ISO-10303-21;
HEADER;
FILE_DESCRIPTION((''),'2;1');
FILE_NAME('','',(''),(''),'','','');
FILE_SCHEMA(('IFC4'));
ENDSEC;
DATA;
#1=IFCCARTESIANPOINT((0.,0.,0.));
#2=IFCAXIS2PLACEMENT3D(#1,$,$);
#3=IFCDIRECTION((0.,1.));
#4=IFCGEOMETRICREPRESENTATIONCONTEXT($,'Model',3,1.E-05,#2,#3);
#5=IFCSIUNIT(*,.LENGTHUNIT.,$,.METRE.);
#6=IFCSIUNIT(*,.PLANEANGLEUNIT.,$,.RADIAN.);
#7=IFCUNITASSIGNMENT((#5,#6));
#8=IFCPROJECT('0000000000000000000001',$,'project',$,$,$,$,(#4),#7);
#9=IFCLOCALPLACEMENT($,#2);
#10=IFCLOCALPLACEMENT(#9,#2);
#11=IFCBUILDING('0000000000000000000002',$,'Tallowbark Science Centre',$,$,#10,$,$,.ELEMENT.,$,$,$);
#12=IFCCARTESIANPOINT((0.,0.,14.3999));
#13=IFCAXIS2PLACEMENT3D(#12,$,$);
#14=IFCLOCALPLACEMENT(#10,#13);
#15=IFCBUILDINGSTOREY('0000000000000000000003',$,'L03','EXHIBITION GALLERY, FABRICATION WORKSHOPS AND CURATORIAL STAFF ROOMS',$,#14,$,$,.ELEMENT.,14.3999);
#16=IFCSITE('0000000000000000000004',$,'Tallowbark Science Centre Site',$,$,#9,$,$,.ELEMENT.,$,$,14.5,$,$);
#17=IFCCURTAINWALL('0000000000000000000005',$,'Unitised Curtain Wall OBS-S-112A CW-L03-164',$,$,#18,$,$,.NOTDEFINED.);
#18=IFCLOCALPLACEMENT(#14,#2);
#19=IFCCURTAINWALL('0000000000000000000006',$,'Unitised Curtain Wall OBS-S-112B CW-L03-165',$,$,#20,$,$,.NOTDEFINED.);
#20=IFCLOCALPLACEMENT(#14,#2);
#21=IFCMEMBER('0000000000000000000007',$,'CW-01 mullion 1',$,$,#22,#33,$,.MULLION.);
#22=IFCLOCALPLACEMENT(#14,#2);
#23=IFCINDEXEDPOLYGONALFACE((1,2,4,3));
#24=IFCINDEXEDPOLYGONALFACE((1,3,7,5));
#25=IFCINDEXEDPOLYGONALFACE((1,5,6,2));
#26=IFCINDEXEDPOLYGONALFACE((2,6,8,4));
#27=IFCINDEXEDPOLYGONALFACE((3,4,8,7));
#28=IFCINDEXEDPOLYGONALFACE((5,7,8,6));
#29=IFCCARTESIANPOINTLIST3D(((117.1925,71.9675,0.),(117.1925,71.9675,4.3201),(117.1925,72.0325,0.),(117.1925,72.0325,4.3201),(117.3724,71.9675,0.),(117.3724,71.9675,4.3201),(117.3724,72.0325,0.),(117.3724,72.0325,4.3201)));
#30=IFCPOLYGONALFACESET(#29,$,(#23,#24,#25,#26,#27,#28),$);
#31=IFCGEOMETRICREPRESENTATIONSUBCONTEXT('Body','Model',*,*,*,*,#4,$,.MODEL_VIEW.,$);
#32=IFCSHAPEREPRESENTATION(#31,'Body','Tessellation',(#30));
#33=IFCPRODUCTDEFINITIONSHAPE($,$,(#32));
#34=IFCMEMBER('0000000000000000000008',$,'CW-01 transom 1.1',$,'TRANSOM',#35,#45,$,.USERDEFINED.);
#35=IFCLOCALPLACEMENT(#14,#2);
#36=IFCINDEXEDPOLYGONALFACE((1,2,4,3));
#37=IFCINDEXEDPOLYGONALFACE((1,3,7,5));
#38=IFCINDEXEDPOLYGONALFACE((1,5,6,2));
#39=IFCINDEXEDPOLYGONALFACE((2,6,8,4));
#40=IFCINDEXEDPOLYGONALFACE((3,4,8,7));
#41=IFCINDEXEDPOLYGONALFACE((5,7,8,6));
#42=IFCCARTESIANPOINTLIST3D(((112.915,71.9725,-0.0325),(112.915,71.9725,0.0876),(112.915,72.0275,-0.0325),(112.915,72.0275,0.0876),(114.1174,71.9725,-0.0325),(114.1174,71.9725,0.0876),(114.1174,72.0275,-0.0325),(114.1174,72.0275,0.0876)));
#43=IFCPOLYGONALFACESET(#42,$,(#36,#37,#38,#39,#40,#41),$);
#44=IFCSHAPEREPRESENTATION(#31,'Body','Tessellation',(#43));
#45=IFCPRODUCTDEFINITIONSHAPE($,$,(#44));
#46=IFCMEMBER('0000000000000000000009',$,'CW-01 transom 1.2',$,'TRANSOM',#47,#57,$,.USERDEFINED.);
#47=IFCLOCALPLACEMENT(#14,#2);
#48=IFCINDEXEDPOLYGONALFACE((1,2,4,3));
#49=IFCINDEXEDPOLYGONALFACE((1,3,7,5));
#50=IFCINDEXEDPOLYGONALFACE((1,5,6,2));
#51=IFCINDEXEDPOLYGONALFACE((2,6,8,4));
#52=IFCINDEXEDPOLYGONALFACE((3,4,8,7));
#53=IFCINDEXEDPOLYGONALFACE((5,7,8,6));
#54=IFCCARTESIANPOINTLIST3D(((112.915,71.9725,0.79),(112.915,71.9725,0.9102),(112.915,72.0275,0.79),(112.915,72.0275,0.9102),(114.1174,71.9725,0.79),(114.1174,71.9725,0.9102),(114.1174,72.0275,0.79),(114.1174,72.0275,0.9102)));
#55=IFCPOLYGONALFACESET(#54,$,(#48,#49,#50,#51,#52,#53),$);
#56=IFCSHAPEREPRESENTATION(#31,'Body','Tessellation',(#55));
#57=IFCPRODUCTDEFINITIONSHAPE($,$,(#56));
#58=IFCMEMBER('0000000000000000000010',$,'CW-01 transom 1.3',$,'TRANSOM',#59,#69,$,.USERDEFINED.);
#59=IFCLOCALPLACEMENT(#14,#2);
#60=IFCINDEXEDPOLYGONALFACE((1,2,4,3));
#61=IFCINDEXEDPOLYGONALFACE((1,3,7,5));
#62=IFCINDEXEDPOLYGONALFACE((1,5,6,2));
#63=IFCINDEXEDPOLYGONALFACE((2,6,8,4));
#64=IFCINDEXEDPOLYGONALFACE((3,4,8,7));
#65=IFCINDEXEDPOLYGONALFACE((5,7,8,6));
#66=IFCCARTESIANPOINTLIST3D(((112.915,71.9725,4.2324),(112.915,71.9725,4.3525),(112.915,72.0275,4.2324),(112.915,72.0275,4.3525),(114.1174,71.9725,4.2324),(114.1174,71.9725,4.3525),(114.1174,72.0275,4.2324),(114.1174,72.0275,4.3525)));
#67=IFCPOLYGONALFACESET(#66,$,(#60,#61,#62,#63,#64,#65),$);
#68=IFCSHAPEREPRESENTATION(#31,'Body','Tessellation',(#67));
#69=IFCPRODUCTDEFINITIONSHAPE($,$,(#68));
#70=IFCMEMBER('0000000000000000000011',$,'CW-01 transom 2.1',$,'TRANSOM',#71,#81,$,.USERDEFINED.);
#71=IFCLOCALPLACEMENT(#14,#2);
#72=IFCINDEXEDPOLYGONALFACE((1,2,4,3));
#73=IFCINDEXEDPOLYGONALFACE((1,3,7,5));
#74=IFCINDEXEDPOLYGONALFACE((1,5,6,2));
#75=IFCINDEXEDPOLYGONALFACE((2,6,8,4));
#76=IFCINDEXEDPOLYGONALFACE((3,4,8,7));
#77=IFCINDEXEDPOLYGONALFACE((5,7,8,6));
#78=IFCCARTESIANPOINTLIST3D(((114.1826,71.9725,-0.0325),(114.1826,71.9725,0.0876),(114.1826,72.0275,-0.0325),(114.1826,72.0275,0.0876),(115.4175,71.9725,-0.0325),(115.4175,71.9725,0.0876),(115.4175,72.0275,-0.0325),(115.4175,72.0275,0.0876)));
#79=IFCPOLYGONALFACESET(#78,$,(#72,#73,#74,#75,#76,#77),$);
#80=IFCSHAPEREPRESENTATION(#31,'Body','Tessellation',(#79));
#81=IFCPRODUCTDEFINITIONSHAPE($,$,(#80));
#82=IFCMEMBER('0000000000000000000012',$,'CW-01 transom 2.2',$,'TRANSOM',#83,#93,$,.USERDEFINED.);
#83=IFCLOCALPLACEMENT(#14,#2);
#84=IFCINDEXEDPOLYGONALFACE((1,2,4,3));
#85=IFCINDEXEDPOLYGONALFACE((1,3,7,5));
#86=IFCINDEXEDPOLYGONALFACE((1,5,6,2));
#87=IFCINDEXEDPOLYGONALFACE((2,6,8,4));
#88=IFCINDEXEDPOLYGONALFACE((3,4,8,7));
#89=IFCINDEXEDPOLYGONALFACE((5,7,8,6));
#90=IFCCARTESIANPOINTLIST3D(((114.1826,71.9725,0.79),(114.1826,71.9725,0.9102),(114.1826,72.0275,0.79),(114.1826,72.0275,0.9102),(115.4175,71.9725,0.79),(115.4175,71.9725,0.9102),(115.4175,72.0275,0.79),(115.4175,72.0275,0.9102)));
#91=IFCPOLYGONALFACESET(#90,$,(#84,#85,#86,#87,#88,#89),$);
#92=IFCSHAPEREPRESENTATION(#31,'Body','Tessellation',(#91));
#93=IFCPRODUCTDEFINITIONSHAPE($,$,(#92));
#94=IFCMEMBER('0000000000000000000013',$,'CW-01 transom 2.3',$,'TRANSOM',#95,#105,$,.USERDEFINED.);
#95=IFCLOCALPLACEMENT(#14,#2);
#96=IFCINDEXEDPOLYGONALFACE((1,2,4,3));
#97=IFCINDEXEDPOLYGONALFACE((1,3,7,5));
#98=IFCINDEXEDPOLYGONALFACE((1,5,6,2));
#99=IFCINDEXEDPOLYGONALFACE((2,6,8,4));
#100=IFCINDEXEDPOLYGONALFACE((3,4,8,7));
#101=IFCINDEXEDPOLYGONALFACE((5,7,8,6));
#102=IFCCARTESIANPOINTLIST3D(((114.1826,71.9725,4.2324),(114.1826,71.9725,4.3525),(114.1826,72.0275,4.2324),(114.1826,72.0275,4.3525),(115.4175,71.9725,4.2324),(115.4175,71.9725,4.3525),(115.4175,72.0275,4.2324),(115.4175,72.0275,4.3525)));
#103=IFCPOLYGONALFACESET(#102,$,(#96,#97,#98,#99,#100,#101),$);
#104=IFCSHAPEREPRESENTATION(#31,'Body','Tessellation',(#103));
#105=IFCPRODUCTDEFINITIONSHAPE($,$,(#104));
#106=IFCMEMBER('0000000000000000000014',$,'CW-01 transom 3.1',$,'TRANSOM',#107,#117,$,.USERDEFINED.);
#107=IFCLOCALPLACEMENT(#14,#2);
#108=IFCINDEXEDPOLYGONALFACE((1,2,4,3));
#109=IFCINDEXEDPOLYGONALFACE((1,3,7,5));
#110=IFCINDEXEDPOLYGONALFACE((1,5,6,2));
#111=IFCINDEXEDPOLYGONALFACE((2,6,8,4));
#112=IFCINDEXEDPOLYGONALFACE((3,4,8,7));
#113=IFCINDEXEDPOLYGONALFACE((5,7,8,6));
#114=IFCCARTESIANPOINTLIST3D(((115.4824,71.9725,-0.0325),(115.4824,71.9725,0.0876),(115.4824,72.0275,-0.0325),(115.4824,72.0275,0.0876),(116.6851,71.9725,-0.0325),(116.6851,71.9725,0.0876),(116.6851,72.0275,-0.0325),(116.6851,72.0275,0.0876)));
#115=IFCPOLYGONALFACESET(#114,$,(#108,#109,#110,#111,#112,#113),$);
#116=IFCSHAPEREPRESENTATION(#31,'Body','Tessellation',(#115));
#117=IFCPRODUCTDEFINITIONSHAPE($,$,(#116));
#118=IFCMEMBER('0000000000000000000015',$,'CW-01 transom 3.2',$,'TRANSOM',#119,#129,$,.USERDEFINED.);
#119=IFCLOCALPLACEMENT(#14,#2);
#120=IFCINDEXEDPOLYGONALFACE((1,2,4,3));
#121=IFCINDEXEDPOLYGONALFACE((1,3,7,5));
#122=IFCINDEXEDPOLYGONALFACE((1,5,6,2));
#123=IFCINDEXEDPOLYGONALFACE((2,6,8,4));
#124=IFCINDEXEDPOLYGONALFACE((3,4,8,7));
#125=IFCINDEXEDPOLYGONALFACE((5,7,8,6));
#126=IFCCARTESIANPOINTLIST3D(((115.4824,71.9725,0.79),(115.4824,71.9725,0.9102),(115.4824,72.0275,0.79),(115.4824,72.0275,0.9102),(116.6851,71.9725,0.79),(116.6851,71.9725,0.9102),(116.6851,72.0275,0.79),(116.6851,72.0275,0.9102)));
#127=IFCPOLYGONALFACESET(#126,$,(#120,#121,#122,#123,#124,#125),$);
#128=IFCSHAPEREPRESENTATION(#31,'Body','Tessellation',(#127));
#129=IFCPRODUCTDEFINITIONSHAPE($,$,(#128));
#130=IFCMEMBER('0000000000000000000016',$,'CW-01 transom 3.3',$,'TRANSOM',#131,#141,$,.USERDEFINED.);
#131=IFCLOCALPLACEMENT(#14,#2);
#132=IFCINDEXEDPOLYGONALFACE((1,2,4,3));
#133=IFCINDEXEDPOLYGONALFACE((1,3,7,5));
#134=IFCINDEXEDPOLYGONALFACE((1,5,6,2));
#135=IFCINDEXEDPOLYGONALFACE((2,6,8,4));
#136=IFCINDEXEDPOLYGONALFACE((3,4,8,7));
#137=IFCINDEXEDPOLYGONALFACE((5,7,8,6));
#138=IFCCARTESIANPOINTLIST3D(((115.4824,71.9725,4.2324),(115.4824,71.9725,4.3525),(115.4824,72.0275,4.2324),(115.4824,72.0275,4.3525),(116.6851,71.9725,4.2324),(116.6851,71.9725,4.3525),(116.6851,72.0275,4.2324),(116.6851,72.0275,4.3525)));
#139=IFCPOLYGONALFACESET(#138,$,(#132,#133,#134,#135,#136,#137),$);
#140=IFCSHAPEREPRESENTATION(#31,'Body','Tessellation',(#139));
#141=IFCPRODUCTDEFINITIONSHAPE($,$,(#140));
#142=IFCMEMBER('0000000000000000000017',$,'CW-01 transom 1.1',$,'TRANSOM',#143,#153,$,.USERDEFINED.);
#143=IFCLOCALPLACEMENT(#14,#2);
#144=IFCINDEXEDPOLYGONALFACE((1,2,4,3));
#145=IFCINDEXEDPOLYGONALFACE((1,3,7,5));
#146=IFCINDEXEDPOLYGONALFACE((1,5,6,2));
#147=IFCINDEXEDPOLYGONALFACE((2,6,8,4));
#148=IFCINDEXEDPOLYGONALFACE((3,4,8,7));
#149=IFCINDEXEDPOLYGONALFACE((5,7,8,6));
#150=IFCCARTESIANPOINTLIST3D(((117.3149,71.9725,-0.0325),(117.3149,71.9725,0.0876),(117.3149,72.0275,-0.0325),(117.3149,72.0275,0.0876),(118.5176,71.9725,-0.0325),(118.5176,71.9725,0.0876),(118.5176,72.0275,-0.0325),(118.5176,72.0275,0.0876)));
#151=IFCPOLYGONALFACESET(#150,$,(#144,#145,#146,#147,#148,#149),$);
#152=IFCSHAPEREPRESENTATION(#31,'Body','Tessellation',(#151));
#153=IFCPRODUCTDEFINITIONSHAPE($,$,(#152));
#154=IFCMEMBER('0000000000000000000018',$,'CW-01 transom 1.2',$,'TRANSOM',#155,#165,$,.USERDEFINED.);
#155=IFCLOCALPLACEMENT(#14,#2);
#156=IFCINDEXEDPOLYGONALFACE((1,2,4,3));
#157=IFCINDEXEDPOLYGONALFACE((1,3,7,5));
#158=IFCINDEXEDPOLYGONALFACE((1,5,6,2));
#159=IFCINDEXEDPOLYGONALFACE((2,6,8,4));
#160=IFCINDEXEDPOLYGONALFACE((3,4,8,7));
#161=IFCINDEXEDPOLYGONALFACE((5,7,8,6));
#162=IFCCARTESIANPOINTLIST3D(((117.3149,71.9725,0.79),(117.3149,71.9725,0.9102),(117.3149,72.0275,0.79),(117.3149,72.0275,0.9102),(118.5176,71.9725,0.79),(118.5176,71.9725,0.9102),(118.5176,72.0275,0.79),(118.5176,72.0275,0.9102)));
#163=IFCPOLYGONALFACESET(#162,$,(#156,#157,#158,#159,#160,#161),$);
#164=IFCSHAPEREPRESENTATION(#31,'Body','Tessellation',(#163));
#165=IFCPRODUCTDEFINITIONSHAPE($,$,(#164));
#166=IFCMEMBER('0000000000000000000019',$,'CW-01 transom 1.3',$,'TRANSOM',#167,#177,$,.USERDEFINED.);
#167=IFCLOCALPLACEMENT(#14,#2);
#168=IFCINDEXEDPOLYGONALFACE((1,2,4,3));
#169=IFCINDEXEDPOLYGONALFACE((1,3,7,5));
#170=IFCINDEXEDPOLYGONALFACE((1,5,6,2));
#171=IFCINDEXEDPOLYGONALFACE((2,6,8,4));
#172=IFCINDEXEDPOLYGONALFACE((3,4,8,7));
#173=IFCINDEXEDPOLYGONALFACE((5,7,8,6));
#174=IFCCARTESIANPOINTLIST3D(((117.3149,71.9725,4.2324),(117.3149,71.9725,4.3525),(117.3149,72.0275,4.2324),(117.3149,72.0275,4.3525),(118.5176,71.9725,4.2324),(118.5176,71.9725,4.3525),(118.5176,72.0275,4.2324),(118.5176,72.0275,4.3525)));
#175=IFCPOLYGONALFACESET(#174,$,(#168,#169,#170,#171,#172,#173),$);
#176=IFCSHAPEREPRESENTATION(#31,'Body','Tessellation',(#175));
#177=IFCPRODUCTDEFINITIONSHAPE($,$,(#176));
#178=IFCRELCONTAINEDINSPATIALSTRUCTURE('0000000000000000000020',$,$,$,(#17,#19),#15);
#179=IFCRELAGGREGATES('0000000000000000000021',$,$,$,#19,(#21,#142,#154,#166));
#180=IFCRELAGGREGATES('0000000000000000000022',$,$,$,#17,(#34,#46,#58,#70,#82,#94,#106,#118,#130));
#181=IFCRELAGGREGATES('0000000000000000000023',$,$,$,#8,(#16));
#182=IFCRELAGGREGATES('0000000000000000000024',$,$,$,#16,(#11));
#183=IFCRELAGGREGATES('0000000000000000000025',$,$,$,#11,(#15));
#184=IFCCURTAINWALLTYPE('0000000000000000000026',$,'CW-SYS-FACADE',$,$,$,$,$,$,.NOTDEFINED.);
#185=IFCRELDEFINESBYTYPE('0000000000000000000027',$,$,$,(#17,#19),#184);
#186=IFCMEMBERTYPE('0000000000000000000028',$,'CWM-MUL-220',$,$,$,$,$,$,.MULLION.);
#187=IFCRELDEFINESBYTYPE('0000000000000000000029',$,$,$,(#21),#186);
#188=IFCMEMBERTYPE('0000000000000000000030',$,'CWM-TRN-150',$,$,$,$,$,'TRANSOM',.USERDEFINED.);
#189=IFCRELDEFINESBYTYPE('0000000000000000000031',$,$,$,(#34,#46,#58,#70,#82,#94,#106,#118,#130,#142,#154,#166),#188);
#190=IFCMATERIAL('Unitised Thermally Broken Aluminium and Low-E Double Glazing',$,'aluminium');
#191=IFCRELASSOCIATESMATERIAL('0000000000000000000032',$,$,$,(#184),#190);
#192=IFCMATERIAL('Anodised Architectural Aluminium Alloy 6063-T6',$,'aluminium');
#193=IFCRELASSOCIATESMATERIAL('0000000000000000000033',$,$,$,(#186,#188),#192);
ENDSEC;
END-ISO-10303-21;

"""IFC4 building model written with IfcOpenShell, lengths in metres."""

from ifc_helpers import new_model, si_unit, direction, frame, origin, origin_2d, place, context, subcontext, project, spatial, rectangle, extrude, material, material_profile, profile_set, type_object, element, aggregate, save


model = new_model("IFC4")

# Units and contexts
model_context = context("Model", 3, precision=1e-05, world=origin(), true_north=direction((0.0, 1.0)))
body_context = subcontext(model_context, "Body", "Model", "MODEL_VIEW")
ifc_project = project(units=[si_unit("LENGTHUNIT", "METRE"), si_unit("PLANEANGLEUNIT", "RADIAN")], contexts=[model_context])

# Site, building, storey
site_placement = place(None, origin())
site = spatial("IfcSite", under=ifc_project, at=site_placement, Name="Tallowbark Science Centre Site", CompositionType="ELEMENT", RefElevation=14.5)
building_placement = place(site_placement, origin())
building = spatial("IfcBuilding", under=site, at=building_placement, Name="Tallowbark Science Centre", CompositionType="ELEMENT")
storey_placement = place(building_placement, frame((0.0, 0.0, 14.3999)))
storey = spatial("IfcBuildingStorey", under=building, at=storey_placement, Name="L03", Description="EXHIBITION GALLERY, FABRICATION WORKSHOPS AND CURATORIAL STAFF ROOMS", CompositionType="ELEMENT", Elevation=14.3999)

# Curtain wall
ifc_material_1 = material(Name="Unitised Thermally Broken Aluminium and Low-E Double Glazing", Category="aluminium")
curtain_wall_type = type_object("IfcCurtainWallType", Name="CW-SYS-FACADE", PredefinedType="NOTDEFINED", material=ifc_material_1)
curtain_wall_1_placement = place(storey_placement, origin())
curtain_wall_1 = element("IfcCurtainWall", 1, at=curtain_wall_1_placement, inside=storey, type_object=curtain_wall_type, Name="Unitised Curtain Wall OBS-S-112A CW-L03-164", PredefinedType="NOTDEFINED")
ifc_material_2 = material(Name="Anodised Architectural Aluminium Alloy 6063-T6", Category="aluminium")
ifc_material_profile_1 = material_profile(ifc_material_2, rectangle(XDim=0.0649, YDim=0.1799, at=origin_2d()), Name="ALU65x180")
ifc_profile_set_1 = profile_set([ifc_material_profile_1], Name="Anodised Architectural Aluminium Alloy 6063-T6")
member_type_1 = type_object("IfcMemberType", Name="CWM-MUL-220", PredefinedType="MULLION", material=ifc_profile_set_1)

# Curtain wall, member
curtain_wall_2_placement = place(storey_placement, origin())
curtain_wall_2 = element("IfcCurtainWall", 2, at=curtain_wall_2_placement, inside=storey, type_object=curtain_wall_type, Name="Unitised Curtain Wall OBS-S-112B CW-L03-165", PredefinedType="NOTDEFINED")
member_1_placement = place(storey_placement, frame((117.2825, 72.0, 0.0), z_axis=(0.0, 0.0, 1.0), x_axis=(0.0, 1.0, 0.0)))
member_1 = element("IfcMember", 3, at=member_1_placement, type_object=member_type_1, Name="CW-01 mullion 1", PredefinedType="MULLION", context=body_context, shape_type="SweptSolid", body=[
    extrude(rectangle(XDim=0.0649, YDim=0.1799, at=origin_2d()), origin(), (0.0, 0.0, 1.0), 4.3201),
])

# Members
ifc_material_profile_2 = material_profile(ifc_material_2, rectangle(XDim=0.0549, YDim=0.1201, at=origin_2d()), Name="ALU55x120")
ifc_profile_set_2 = profile_set([ifc_material_profile_2], Name="Anodised Architectural Aluminium Alloy 6063-T6")
member_type_2 = type_object("IfcMemberType", Name="CWM-TRN-150", ElementType="TRANSOM", PredefinedType="USERDEFINED", material=ifc_profile_set_2)
member_2_placement = place(storey_placement, frame((112.915, 72.0, 0.0276), z_axis=(1.0, 0.0, 0.0), x_axis=(0.0, 1.0, 0.0)))
member_2 = element("IfcMember", 4, at=member_2_placement, type_object=member_type_2, Name="CW-01 transom 1.1", ObjectType="TRANSOM", PredefinedType="USERDEFINED", context=body_context, shape_type="SweptSolid", body=[
    extrude(rectangle(XDim=0.0549, YDim=0.1201, at=origin_2d()), origin(), (0.0, 0.0, 1.0), 1.2024),
])
member_3_placement = place(storey_placement, frame((112.915, 72.0, 0.8501), z_axis=(1.0, 0.0, 0.0), x_axis=(0.0, 1.0, 0.0)))
member_3 = element("IfcMember", 5, at=member_3_placement, type_object=member_type_2, Name="CW-01 transom 1.2", ObjectType="TRANSOM", PredefinedType="USERDEFINED", context=body_context, shape_type="SweptSolid", body=[
    extrude(rectangle(XDim=0.0549, YDim=0.1201, at=origin_2d()), origin(), (0.0, 0.0, 1.0), 1.2024),
])
member_4_placement = place(storey_placement, frame((112.915, 72.0, 4.2925), z_axis=(1.0, 0.0, 0.0), x_axis=(0.0, 1.0, 0.0)))
member_4 = element("IfcMember", 6, at=member_4_placement, type_object=member_type_2, Name="CW-01 transom 1.3", ObjectType="TRANSOM", PredefinedType="USERDEFINED", context=body_context, shape_type="SweptSolid", body=[
    extrude(rectangle(XDim=0.0549, YDim=0.1201, at=origin_2d()), origin(), (0.0, 0.0, 1.0), 1.2024),
])
member_5_placement = place(storey_placement, frame((114.1826, 72.0, 0.0276), z_axis=(1.0, 0.0, 0.0), x_axis=(0.0, 1.0, 0.0)))
member_5 = element("IfcMember", 7, at=member_5_placement, type_object=member_type_2, Name="CW-01 transom 2.1", ObjectType="TRANSOM", PredefinedType="USERDEFINED", context=body_context, shape_type="SweptSolid", body=[
    extrude(rectangle(XDim=0.0549, YDim=0.1201, at=origin_2d()), origin(), (0.0, 0.0, 1.0), 1.2349),
])
member_6_placement = place(storey_placement, frame((114.1826, 72.0, 0.8501), z_axis=(1.0, 0.0, 0.0), x_axis=(0.0, 1.0, 0.0)))
member_6 = element("IfcMember", 8, at=member_6_placement, type_object=member_type_2, Name="CW-01 transom 2.2", ObjectType="TRANSOM", PredefinedType="USERDEFINED", context=body_context, shape_type="SweptSolid", body=[
    extrude(rectangle(XDim=0.0549, YDim=0.1201, at=origin_2d()), origin(), (0.0, 0.0, 1.0), 1.2349),
])
member_7_placement = place(storey_placement, frame((114.1826, 72.0, 4.2925), z_axis=(1.0, 0.0, 0.0), x_axis=(0.0, 1.0, 0.0)))
member_7 = element("IfcMember", 9, at=member_7_placement, type_object=member_type_2, Name="CW-01 transom 2.3", ObjectType="TRANSOM", PredefinedType="USERDEFINED", context=body_context, shape_type="SweptSolid", body=[
    extrude(rectangle(XDim=0.0549, YDim=0.1201, at=origin_2d()), origin(), (0.0, 0.0, 1.0), 1.2349),
])
member_8_placement = place(storey_placement, frame((115.4824, 72.0, 0.0276), z_axis=(1.0, 0.0, 0.0), x_axis=(0.0, 1.0, 0.0)))
member_8 = element("IfcMember", 10, at=member_8_placement, type_object=member_type_2, Name="CW-01 transom 3.1", ObjectType="TRANSOM", PredefinedType="USERDEFINED", context=body_context, shape_type="SweptSolid", body=[
    extrude(rectangle(XDim=0.0549, YDim=0.1201, at=origin_2d()), origin(), (0.0, 0.0, 1.0), 1.2026),
])
member_9_placement = place(storey_placement, frame((115.4824, 72.0, 0.8501), z_axis=(1.0, 0.0, 0.0), x_axis=(0.0, 1.0, 0.0)))
member_9 = element("IfcMember", 11, at=member_9_placement, type_object=member_type_2, Name="CW-01 transom 3.2", ObjectType="TRANSOM", PredefinedType="USERDEFINED", context=body_context, shape_type="SweptSolid", body=[
    extrude(rectangle(XDim=0.0549, YDim=0.1201, at=origin_2d()), origin(), (0.0, 0.0, 1.0), 1.2026),
])
member_10_placement = place(storey_placement, frame((115.4824, 72.0, 4.2925), z_axis=(1.0, 0.0, 0.0), x_axis=(0.0, 1.0, 0.0)))
member_10 = element("IfcMember", 12, at=member_10_placement, type_object=member_type_2, Name="CW-01 transom 3.3", ObjectType="TRANSOM", PredefinedType="USERDEFINED", context=body_context, shape_type="SweptSolid", body=[
    extrude(rectangle(XDim=0.0549, YDim=0.1201, at=origin_2d()), origin(), (0.0, 0.0, 1.0), 1.2026),
])
member_11_placement = place(storey_placement, frame((117.3149, 72.0, 0.0276), z_axis=(1.0, 0.0, 0.0), x_axis=(0.0, 1.0, 0.0)))
member_11 = element("IfcMember", 13, at=member_11_placement, type_object=member_type_2, Name="CW-01 transom 1.1", ObjectType="TRANSOM", PredefinedType="USERDEFINED", context=body_context, shape_type="SweptSolid", body=[
    extrude(rectangle(XDim=0.0549, YDim=0.1201, at=origin_2d()), origin(), (0.0, 0.0, 1.0), 1.2026),
])
member_12_placement = place(storey_placement, frame((117.3149, 72.0, 0.8501), z_axis=(1.0, 0.0, 0.0), x_axis=(0.0, 1.0, 0.0)))
member_12 = element("IfcMember", 14, at=member_12_placement, type_object=member_type_2, Name="CW-01 transom 1.2", ObjectType="TRANSOM", PredefinedType="USERDEFINED", context=body_context, shape_type="SweptSolid", body=[
    extrude(rectangle(XDim=0.0549, YDim=0.1201, at=origin_2d()), origin(), (0.0, 0.0, 1.0), 1.2026),
])
member_13_placement = place(storey_placement, frame((117.3149, 72.0, 4.2925), z_axis=(1.0, 0.0, 0.0), x_axis=(0.0, 1.0, 0.0)))
member_13 = element("IfcMember", 15, at=member_13_placement, type_object=member_type_2, Name="CW-01 transom 1.3", ObjectType="TRANSOM", PredefinedType="USERDEFINED", context=body_context, shape_type="SweptSolid", body=[
    extrude(rectangle(XDim=0.0549, YDim=0.1201, at=origin_2d()), origin(), (0.0, 0.0, 1.0), 1.2026),
])
aggregate(curtain_wall_2, [member_1, member_11, member_12, member_13])

aggregate(curtain_wall_1, [member_2, member_3, member_4, member_5, member_6, member_7, member_8, member_9, member_10])

save(model, "model.ifc")
